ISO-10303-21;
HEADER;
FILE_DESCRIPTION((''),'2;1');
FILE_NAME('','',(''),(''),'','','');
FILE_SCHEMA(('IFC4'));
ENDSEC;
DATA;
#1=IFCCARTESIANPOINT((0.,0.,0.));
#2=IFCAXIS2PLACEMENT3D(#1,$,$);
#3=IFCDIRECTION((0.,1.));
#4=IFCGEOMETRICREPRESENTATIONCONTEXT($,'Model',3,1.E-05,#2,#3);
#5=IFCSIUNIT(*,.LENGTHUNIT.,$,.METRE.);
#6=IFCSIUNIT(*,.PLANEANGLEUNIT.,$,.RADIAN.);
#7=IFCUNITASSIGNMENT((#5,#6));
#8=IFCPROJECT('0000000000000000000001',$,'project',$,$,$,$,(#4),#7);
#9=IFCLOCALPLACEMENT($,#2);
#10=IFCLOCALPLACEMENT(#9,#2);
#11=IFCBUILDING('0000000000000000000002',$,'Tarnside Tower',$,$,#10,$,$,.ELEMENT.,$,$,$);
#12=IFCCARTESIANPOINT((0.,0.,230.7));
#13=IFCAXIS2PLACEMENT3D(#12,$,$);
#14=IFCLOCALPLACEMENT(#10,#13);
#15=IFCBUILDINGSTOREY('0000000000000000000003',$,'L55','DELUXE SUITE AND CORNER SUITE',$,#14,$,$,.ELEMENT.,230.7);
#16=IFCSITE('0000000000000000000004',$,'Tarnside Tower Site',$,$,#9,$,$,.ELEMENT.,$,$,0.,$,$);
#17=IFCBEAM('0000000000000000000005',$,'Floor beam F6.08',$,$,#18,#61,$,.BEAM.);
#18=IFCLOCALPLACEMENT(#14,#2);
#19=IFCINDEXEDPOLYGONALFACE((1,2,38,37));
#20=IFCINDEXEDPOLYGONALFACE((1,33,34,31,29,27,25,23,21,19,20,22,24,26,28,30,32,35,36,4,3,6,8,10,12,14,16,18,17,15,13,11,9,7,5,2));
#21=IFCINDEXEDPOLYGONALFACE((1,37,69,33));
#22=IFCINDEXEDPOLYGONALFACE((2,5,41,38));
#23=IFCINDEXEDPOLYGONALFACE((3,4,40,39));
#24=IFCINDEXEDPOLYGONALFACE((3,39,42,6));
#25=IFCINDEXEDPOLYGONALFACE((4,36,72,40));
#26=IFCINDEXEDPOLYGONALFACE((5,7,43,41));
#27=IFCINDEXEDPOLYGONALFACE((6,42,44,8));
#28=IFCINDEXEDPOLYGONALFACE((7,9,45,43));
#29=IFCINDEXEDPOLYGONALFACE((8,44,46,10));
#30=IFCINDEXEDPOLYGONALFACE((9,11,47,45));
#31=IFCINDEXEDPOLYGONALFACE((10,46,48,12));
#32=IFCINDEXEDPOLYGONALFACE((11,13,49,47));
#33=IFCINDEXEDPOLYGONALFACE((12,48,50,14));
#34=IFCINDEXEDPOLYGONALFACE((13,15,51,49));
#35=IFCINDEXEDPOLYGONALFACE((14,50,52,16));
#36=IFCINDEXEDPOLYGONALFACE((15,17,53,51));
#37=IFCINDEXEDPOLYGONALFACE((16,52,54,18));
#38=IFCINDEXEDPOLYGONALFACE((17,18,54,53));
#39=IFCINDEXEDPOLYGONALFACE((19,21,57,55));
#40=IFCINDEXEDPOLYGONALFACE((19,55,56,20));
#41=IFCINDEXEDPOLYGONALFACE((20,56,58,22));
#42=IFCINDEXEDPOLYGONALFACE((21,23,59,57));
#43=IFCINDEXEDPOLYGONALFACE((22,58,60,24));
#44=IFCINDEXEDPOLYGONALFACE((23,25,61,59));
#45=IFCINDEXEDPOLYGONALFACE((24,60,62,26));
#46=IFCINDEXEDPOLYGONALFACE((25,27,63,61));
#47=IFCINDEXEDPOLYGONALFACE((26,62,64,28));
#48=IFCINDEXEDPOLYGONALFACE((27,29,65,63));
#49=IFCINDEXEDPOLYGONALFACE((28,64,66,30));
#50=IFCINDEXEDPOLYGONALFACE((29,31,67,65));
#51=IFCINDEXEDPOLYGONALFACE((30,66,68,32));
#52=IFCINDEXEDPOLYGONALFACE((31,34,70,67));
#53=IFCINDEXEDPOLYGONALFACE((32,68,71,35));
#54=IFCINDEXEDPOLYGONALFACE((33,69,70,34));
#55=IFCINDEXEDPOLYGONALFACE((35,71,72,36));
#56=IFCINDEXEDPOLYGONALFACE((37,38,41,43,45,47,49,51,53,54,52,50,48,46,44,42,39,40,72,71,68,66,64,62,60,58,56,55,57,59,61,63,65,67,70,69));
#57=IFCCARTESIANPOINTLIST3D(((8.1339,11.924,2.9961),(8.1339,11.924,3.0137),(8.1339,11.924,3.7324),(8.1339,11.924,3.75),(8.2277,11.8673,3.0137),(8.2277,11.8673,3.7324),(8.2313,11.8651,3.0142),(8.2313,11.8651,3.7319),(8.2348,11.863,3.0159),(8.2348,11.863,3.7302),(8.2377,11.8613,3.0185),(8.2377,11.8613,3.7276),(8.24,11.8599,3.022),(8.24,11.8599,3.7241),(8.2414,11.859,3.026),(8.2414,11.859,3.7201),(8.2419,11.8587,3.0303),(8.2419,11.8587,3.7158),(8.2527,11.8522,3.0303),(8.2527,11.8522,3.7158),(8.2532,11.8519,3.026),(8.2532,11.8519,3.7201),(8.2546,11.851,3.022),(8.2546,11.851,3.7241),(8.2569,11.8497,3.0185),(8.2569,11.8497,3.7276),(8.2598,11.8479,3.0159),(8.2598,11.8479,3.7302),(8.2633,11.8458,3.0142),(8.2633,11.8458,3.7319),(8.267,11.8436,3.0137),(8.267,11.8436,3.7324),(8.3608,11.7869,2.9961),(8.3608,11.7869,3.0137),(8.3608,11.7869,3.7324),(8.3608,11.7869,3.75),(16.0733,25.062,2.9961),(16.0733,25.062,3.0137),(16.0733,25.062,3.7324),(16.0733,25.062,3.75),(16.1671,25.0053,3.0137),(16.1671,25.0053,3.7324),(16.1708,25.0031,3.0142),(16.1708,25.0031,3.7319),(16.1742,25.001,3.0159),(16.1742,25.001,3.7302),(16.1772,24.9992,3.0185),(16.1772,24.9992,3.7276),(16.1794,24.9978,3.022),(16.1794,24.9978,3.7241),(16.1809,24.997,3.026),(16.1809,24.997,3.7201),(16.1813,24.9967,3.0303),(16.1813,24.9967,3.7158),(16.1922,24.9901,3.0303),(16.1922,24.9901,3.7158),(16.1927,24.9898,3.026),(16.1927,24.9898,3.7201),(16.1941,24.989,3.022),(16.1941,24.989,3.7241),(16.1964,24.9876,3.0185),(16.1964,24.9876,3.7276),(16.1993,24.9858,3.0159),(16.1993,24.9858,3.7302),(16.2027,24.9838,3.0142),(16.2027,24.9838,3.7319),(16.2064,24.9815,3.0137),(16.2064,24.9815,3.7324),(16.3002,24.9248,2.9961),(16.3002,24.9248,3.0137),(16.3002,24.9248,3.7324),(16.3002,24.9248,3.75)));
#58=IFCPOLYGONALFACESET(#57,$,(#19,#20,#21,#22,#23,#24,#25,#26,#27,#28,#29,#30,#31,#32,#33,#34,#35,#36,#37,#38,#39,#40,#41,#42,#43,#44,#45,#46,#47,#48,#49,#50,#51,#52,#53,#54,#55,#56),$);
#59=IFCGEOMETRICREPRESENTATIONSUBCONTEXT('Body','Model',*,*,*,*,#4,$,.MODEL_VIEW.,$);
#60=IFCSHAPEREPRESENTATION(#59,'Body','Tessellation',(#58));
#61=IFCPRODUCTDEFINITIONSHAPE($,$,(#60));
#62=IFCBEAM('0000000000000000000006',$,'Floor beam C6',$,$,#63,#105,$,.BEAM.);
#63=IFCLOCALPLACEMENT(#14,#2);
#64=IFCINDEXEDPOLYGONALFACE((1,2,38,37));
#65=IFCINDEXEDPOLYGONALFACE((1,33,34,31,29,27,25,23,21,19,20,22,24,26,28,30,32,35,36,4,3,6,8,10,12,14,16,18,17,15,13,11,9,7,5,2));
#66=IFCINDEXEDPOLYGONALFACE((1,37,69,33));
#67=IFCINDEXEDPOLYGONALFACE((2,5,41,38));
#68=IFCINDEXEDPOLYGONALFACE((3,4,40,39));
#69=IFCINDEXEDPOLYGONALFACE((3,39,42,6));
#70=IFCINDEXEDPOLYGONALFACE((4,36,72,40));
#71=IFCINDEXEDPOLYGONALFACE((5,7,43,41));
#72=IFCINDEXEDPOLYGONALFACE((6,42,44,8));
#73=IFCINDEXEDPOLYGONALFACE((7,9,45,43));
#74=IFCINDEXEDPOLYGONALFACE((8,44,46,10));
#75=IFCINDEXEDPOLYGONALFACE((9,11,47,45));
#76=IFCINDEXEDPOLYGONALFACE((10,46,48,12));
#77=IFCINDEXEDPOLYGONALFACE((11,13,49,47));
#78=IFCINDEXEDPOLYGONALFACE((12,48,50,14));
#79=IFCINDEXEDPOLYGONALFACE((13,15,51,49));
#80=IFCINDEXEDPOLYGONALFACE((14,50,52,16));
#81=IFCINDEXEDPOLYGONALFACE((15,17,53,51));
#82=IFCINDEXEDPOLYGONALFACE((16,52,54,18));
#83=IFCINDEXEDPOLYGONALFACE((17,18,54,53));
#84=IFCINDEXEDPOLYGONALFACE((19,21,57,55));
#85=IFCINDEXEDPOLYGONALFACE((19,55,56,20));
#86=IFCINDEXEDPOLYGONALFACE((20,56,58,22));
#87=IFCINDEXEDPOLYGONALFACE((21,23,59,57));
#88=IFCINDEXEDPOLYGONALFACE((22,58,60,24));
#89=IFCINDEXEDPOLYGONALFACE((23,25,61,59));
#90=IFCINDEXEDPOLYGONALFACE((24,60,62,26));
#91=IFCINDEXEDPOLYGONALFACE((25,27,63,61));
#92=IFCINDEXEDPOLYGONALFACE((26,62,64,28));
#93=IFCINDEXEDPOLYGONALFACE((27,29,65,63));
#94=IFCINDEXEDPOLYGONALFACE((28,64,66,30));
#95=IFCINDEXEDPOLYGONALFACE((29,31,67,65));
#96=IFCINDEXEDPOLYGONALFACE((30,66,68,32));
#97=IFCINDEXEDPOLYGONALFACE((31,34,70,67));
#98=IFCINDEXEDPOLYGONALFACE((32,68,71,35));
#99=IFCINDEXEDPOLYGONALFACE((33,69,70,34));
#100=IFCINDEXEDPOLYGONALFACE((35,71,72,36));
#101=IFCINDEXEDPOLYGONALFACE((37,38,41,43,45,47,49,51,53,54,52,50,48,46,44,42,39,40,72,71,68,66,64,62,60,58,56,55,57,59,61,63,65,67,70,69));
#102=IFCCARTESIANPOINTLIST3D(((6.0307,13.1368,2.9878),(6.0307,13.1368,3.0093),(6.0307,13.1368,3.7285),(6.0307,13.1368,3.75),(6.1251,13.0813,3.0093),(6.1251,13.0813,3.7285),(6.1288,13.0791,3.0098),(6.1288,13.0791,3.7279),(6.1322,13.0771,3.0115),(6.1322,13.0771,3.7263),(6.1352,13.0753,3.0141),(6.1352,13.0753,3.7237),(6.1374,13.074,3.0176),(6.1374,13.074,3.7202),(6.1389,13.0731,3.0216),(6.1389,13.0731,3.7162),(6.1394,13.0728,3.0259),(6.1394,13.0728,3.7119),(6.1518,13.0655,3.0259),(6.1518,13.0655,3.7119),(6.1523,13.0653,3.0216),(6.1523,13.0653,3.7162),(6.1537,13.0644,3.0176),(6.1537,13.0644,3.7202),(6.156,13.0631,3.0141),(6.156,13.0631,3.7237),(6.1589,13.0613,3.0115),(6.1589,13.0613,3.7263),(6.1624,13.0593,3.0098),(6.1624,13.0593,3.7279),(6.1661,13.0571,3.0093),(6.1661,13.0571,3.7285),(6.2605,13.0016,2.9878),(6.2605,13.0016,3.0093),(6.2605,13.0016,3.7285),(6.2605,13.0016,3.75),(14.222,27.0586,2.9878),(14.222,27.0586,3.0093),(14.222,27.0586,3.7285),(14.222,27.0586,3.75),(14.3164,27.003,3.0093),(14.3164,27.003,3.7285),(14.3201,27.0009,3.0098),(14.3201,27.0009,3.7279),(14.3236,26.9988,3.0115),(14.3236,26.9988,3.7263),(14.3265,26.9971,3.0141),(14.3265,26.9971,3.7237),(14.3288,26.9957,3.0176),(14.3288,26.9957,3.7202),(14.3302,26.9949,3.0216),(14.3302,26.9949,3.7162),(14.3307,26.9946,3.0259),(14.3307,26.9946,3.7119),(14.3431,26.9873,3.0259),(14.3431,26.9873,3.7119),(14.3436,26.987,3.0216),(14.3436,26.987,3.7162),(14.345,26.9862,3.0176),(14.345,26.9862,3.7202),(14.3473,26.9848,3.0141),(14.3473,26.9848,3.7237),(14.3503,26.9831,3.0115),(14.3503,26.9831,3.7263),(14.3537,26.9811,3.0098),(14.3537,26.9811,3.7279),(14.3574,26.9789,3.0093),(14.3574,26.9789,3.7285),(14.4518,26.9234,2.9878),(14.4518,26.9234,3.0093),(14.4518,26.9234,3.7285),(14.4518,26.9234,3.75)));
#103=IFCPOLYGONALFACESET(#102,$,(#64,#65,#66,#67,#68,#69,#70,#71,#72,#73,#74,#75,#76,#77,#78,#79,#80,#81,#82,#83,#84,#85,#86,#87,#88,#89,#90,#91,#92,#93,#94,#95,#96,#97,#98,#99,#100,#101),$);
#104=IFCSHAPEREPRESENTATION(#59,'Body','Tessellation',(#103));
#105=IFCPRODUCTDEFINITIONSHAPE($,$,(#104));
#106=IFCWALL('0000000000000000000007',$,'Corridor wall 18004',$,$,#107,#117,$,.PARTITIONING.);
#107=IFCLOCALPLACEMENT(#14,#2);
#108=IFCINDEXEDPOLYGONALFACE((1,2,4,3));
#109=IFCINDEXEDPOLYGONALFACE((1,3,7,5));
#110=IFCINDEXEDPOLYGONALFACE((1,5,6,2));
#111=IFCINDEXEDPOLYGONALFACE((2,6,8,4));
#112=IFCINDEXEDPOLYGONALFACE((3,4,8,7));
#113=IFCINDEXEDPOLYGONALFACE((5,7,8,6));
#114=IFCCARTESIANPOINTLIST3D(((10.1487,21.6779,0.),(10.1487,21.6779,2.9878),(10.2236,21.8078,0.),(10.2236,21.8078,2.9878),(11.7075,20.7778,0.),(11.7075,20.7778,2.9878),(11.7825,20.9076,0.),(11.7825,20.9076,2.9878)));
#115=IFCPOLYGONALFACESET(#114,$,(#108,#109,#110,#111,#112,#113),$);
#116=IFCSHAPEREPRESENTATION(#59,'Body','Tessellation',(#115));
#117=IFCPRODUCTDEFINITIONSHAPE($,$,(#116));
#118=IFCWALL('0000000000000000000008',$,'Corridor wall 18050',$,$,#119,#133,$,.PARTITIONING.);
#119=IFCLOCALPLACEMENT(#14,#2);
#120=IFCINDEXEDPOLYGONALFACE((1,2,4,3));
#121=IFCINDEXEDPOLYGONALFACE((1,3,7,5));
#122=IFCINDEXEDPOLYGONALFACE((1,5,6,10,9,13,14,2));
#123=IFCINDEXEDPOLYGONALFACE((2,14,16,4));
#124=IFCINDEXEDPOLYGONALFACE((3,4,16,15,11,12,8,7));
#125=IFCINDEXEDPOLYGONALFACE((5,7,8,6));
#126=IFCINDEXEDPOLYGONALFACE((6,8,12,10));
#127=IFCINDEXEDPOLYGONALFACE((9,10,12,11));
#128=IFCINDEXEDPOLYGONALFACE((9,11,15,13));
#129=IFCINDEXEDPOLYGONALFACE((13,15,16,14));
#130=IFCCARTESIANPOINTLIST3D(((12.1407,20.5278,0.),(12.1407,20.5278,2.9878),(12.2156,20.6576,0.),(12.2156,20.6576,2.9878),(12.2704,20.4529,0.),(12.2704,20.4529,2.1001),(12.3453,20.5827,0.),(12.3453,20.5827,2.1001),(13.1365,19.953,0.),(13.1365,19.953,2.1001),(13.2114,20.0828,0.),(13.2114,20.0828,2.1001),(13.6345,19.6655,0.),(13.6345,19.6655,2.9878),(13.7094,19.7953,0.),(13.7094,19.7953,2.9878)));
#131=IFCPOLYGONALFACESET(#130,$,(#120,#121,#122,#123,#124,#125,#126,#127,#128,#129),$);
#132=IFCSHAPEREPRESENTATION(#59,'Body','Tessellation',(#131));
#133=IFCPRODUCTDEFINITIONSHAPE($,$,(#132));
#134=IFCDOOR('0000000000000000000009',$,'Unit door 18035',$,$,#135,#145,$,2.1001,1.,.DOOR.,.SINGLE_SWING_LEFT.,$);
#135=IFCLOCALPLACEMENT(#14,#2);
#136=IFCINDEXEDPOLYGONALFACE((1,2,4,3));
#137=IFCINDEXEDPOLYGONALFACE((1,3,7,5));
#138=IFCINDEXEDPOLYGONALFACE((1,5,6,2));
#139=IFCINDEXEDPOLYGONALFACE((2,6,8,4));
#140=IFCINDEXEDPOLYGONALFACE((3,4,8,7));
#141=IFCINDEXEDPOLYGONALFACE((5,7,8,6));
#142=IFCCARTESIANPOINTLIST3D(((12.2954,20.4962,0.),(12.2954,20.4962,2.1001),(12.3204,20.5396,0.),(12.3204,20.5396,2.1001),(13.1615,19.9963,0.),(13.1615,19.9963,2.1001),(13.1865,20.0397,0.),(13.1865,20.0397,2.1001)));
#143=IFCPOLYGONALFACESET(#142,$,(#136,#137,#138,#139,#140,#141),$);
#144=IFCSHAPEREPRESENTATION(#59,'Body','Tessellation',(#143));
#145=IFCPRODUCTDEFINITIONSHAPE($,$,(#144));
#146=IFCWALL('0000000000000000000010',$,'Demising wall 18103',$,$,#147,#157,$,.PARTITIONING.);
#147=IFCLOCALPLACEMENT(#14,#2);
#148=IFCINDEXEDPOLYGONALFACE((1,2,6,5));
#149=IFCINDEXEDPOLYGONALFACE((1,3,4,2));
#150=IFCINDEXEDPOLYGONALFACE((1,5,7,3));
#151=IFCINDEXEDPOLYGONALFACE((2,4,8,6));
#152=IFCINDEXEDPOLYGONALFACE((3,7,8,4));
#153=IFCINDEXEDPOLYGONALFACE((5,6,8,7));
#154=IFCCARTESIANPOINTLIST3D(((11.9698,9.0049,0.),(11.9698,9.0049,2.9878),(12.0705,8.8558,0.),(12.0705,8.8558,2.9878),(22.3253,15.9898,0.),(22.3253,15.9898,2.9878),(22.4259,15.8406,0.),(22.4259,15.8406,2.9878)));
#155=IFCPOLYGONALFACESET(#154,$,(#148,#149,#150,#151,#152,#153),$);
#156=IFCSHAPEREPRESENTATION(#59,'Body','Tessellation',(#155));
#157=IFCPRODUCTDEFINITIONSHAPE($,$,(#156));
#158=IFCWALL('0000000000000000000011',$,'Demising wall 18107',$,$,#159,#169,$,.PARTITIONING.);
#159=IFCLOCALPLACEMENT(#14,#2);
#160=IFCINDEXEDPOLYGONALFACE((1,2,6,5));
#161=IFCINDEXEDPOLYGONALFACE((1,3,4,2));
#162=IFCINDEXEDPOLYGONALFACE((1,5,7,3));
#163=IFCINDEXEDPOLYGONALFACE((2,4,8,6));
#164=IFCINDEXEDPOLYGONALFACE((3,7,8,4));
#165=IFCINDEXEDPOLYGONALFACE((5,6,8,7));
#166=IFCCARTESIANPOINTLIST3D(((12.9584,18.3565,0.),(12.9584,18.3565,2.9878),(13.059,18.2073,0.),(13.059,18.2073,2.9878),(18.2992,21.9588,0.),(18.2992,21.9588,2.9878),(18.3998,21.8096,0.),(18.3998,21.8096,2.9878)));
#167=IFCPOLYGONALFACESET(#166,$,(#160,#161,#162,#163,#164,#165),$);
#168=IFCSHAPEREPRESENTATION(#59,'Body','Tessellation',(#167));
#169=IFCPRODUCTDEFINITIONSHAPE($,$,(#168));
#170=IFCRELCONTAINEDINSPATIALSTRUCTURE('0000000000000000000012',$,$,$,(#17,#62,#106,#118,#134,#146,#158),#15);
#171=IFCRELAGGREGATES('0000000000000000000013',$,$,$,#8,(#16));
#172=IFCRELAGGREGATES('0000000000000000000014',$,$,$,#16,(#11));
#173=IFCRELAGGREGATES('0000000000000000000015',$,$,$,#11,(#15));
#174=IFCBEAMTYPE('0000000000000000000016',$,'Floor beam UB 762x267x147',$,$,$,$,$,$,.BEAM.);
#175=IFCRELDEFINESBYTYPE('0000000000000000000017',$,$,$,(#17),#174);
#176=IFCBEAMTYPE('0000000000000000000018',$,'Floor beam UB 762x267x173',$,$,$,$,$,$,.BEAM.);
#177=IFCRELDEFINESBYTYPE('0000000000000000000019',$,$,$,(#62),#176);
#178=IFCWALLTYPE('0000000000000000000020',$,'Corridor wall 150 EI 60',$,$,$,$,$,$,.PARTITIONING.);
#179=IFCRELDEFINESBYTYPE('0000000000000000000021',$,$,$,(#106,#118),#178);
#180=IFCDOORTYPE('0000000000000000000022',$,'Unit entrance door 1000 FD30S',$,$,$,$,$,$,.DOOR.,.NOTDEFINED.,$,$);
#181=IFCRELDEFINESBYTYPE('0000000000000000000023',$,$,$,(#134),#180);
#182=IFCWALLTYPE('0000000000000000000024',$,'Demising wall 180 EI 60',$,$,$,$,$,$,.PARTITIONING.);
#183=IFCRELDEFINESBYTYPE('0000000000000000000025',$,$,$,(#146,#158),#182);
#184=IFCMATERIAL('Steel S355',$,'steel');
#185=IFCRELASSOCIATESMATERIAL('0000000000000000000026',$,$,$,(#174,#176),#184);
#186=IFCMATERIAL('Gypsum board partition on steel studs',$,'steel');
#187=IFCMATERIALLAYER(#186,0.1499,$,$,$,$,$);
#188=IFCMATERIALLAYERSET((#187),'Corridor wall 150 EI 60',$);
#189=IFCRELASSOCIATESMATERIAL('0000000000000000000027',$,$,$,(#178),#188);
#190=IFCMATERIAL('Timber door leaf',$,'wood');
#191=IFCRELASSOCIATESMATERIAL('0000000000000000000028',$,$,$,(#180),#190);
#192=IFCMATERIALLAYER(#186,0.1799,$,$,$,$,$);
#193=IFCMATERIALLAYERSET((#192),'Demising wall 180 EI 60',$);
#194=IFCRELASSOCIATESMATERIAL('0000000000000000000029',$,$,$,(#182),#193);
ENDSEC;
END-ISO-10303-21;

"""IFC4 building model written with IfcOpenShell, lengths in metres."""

from ifc_helpers import new_model, si_unit, direction, frame, frame_2d, origin, origin_2d, place, context, subcontext, project, spatial, rectangle, i_section, extrude, material, layer, layer_set, material_profile, profile_set, type_object, element, fill, save


model = new_model("IFC4")

# Units and contexts
model_context = context("Model", 3, precision=1e-05, world=origin(), true_north=direction((0.0, 1.0)))
body_context = subcontext(model_context, "Body", "Model", "MODEL_VIEW")
ifc_project = project(units=[si_unit("LENGTHUNIT", "METRE"), si_unit("PLANEANGLEUNIT", "RADIAN")], contexts=[model_context])

# Site, building, storey
site_placement = place(None, origin())
site = spatial("IfcSite", under=ifc_project, at=site_placement, Name="Tarnside Tower Site", CompositionType="ELEMENT", RefElevation=0.0)
building_placement = place(site_placement, origin())
building = spatial("IfcBuilding", under=site, at=building_placement, Name="Tarnside Tower", CompositionType="ELEMENT")
storey_placement = place(building_placement, frame((0.0, 0.0, 230.7)))
storey = spatial("IfcBuildingStorey", under=building, at=storey_placement, Name="L55", Description="DELUXE SUITE AND CORNER SUITE", CompositionType="ELEMENT", Elevation=230.7)

# Beams
ifc_material_1 = material(Name="Steel S355", Category="steel")
ifc_material_profile_1 = material_profile(ifc_material_1, i_section(OverallWidth=0.2651, OverallDepth=0.7539, WebThickness=0.0127, FlangeThickness=0.0176, FilletRadius=0.0166, at=origin_2d()), Name="UB 762x267x147")
ifc_profile_set_1 = profile_set([ifc_material_profile_1], Name="Steel S355")
beam_type_1 = type_object("IfcBeamType", Name="Floor beam UB 762x267x147", PredefinedType="BEAM", material=ifc_profile_set_1)
beam_1_placement = place(storey_placement, frame((16.1868, 24.9934, 3.373), z_axis=(-0.517209, -0.855859, 0.0), x_axis=(0.855859, -0.517209, 0.0)))
element("IfcBeam", 1, at=beam_1_placement, inside=storey, type_object=beam_type_1, Name="Floor beam F6.08", PredefinedType="BEAM", context=body_context, shape_type="SweptSolid", body=[
    extrude(i_section(OverallWidth=0.2651, OverallDepth=0.7539, WebThickness=0.0127, FlangeThickness=0.0176, FilletRadius=0.0166, at=origin_2d()), origin(), (0.0, 0.0, 1.0), 15.3506),
])
ifc_material_profile_2 = material_profile(ifc_material_1, i_section(OverallWidth=0.2666, OverallDepth=0.7622, WebThickness=0.0144, FlangeThickness=0.0215, FilletRadius=0.0166, at=origin_2d()), Name="UB 762x267x173")
ifc_profile_set_2 = profile_set([ifc_material_profile_2], Name="Steel S355")
beam_type_2 = type_object("IfcBeamType", Name="Floor beam UB 762x267x173", PredefinedType="BEAM", material=ifc_profile_set_2)
beam_2_placement = place(storey_placement, frame((14.3369, 26.991, 3.3689), z_axis=(-0.507115, -0.861878, 0.0), x_axis=(0.861878, -0.507115, 0.0)))
element("IfcBeam", 2, at=beam_2_placement, inside=storey, type_object=beam_type_2, Name="Floor beam C6", PredefinedType="BEAM", context=body_context, shape_type="SweptSolid", body=[
    extrude(i_section(OverallWidth=0.2666, OverallDepth=0.7622, WebThickness=0.0144, FlangeThickness=0.0215, FilletRadius=0.0166, at=origin_2d()), origin(), (0.0, 0.0, 1.0), 16.1528),
])

# Wall
ifc_material_2 = material(Name="Gypsum board partition on steel studs", Category="steel")
ifc_layer_1 = layer(ifc_material_2, 0.1499)
ifc_layer_set_1 = layer_set([ifc_layer_1], Name="Corridor wall 150 EI 60")
wall_type_1 = type_object("IfcWallType", Name="Corridor wall 150 EI 60", PredefinedType="PARTITIONING", material=ifc_layer_set_1)
wall_1_placement = place(storey_placement, frame((11.7449, 20.8428, 0.0), z_axis=(0.0, 0.0, 1.0), x_axis=(-0.865989, 0.500063, 0.0)))
element("IfcWall", 3, at=wall_1_placement, inside=storey, type_object=wall_type_1, Name="Corridor wall 18004", PredefinedType="PARTITIONING", context=body_context, shape_type="SweptSolid", body=[
    extrude(rectangle(XDim=1.8, YDim=0.1499, at=frame_2d((0.8999, 0.0))), origin(), (0.0, 0.0, 1.0), 2.9878),
])

# Wall, opening, door
wall_2_placement = place(storey_placement, frame((13.6719, 19.7305, 0.0), z_axis=(0.0, 0.0, 1.0), x_axis=(-0.866075, 0.499914, 0.0)))
wall_2 = element("IfcWall", 4, at=wall_2_placement, inside=storey, type_object=wall_type_1, Name="Corridor wall 18050", PredefinedType="PARTITIONING", context=body_context, shape_type="SweptSolid", body=[
    extrude(rectangle(XDim=1.7249, YDim=0.1499, at=frame_2d((0.8623, 0.0))), origin(), (0.0, 0.0, 1.0), 2.9878),
])
opening_1_placement = place(wall_2_placement, frame((0.575, 0.0, 0.0)))
opening_1 = element("IfcOpeningElement", 5, at=opening_1_placement, cuts=wall_2, PredefinedType="OPENING", context=body_context, shape_type="SweptSolid", body=[
    extrude(rectangle(XDim=1.0, YDim=2.1001, at=frame_2d((0.5, 1.05))), frame((0.0, 0.085, 0.0), z_axis=(0.0, -1.0, 0.0), x_axis=(1.0, 0.0, 0.0)), (0.0, 0.0, 1.0), 0.1699),
])
ifc_material_3 = material(Name="Timber door leaf", Category="wood")
door_type = type_object("IfcDoorType", Name="Unit entrance door 1000 FD30S", OperationType="NOTDEFINED", PredefinedType="DOOR", material=ifc_material_3)
door_placement = place(opening_1_placement, origin())
door = element("IfcDoor", 6, at=door_placement, inside=storey, type_object=door_type, Name="Unit door 18035", OperationType="SINGLE_SWING_LEFT", OverallHeight=2.1001, OverallWidth=1.0, PredefinedType="DOOR", context=body_context, shape_type="SweptSolid", body=[
    extrude(rectangle(XDim=1.0, YDim=2.1001, at=frame_2d((0.5, 1.05))), frame((0.0, 0.0249, 0.0), z_axis=(0.0, -1.0, 0.0), x_axis=(1.0, 0.0, 0.0)), (0.0, 0.0, 1.0), 0.05),
])
fill(opening_1, door)

# Walls
ifc_layer_2 = layer(ifc_material_2, 0.1799)
ifc_layer_set_2 = layer_set([ifc_layer_2], Name="Demising wall 180 EI 60")
wall_type_2 = type_object("IfcWallType", Name="Demising wall 180 EI 60", PredefinedType="PARTITIONING", material=ifc_layer_set_2)
wall_3_placement = place(storey_placement, frame((22.3757, 15.9153, 0.0), z_axis=(0.0, 0.0, 1.0), x_axis=(-0.829037, -0.559194, 0.0)))
element("IfcWall", 7, at=wall_3_placement, inside=storey, type_object=wall_type_2, Name="Demising wall 18103", PredefinedType="PARTITIONING", context=body_context, shape_type="SweptSolid", body=[
    extrude(rectangle(XDim=12.491, YDim=0.1799, at=frame_2d((6.2456, 0.0))), origin(), (0.0, 0.0, 1.0), 2.9878),
])
wall_4_placement = place(storey_placement, frame((18.3496, 21.8843, 0.0), z_axis=(0.0, 0.0, 1.0), x_axis=(-0.829047, -0.559179, 0.0)))
element("IfcWall", 8, at=wall_4_placement, inside=storey, type_object=wall_type_2, Name="Demising wall 18107", PredefinedType="PARTITIONING", context=body_context, shape_type="SweptSolid", body=[
    extrude(rectangle(XDim=6.4421, YDim=0.1799, at=frame_2d((3.2212, 0.0))), origin(), (0.0, 0.0, 1.0), 2.9878),
])

save(model, "model.ifc")
